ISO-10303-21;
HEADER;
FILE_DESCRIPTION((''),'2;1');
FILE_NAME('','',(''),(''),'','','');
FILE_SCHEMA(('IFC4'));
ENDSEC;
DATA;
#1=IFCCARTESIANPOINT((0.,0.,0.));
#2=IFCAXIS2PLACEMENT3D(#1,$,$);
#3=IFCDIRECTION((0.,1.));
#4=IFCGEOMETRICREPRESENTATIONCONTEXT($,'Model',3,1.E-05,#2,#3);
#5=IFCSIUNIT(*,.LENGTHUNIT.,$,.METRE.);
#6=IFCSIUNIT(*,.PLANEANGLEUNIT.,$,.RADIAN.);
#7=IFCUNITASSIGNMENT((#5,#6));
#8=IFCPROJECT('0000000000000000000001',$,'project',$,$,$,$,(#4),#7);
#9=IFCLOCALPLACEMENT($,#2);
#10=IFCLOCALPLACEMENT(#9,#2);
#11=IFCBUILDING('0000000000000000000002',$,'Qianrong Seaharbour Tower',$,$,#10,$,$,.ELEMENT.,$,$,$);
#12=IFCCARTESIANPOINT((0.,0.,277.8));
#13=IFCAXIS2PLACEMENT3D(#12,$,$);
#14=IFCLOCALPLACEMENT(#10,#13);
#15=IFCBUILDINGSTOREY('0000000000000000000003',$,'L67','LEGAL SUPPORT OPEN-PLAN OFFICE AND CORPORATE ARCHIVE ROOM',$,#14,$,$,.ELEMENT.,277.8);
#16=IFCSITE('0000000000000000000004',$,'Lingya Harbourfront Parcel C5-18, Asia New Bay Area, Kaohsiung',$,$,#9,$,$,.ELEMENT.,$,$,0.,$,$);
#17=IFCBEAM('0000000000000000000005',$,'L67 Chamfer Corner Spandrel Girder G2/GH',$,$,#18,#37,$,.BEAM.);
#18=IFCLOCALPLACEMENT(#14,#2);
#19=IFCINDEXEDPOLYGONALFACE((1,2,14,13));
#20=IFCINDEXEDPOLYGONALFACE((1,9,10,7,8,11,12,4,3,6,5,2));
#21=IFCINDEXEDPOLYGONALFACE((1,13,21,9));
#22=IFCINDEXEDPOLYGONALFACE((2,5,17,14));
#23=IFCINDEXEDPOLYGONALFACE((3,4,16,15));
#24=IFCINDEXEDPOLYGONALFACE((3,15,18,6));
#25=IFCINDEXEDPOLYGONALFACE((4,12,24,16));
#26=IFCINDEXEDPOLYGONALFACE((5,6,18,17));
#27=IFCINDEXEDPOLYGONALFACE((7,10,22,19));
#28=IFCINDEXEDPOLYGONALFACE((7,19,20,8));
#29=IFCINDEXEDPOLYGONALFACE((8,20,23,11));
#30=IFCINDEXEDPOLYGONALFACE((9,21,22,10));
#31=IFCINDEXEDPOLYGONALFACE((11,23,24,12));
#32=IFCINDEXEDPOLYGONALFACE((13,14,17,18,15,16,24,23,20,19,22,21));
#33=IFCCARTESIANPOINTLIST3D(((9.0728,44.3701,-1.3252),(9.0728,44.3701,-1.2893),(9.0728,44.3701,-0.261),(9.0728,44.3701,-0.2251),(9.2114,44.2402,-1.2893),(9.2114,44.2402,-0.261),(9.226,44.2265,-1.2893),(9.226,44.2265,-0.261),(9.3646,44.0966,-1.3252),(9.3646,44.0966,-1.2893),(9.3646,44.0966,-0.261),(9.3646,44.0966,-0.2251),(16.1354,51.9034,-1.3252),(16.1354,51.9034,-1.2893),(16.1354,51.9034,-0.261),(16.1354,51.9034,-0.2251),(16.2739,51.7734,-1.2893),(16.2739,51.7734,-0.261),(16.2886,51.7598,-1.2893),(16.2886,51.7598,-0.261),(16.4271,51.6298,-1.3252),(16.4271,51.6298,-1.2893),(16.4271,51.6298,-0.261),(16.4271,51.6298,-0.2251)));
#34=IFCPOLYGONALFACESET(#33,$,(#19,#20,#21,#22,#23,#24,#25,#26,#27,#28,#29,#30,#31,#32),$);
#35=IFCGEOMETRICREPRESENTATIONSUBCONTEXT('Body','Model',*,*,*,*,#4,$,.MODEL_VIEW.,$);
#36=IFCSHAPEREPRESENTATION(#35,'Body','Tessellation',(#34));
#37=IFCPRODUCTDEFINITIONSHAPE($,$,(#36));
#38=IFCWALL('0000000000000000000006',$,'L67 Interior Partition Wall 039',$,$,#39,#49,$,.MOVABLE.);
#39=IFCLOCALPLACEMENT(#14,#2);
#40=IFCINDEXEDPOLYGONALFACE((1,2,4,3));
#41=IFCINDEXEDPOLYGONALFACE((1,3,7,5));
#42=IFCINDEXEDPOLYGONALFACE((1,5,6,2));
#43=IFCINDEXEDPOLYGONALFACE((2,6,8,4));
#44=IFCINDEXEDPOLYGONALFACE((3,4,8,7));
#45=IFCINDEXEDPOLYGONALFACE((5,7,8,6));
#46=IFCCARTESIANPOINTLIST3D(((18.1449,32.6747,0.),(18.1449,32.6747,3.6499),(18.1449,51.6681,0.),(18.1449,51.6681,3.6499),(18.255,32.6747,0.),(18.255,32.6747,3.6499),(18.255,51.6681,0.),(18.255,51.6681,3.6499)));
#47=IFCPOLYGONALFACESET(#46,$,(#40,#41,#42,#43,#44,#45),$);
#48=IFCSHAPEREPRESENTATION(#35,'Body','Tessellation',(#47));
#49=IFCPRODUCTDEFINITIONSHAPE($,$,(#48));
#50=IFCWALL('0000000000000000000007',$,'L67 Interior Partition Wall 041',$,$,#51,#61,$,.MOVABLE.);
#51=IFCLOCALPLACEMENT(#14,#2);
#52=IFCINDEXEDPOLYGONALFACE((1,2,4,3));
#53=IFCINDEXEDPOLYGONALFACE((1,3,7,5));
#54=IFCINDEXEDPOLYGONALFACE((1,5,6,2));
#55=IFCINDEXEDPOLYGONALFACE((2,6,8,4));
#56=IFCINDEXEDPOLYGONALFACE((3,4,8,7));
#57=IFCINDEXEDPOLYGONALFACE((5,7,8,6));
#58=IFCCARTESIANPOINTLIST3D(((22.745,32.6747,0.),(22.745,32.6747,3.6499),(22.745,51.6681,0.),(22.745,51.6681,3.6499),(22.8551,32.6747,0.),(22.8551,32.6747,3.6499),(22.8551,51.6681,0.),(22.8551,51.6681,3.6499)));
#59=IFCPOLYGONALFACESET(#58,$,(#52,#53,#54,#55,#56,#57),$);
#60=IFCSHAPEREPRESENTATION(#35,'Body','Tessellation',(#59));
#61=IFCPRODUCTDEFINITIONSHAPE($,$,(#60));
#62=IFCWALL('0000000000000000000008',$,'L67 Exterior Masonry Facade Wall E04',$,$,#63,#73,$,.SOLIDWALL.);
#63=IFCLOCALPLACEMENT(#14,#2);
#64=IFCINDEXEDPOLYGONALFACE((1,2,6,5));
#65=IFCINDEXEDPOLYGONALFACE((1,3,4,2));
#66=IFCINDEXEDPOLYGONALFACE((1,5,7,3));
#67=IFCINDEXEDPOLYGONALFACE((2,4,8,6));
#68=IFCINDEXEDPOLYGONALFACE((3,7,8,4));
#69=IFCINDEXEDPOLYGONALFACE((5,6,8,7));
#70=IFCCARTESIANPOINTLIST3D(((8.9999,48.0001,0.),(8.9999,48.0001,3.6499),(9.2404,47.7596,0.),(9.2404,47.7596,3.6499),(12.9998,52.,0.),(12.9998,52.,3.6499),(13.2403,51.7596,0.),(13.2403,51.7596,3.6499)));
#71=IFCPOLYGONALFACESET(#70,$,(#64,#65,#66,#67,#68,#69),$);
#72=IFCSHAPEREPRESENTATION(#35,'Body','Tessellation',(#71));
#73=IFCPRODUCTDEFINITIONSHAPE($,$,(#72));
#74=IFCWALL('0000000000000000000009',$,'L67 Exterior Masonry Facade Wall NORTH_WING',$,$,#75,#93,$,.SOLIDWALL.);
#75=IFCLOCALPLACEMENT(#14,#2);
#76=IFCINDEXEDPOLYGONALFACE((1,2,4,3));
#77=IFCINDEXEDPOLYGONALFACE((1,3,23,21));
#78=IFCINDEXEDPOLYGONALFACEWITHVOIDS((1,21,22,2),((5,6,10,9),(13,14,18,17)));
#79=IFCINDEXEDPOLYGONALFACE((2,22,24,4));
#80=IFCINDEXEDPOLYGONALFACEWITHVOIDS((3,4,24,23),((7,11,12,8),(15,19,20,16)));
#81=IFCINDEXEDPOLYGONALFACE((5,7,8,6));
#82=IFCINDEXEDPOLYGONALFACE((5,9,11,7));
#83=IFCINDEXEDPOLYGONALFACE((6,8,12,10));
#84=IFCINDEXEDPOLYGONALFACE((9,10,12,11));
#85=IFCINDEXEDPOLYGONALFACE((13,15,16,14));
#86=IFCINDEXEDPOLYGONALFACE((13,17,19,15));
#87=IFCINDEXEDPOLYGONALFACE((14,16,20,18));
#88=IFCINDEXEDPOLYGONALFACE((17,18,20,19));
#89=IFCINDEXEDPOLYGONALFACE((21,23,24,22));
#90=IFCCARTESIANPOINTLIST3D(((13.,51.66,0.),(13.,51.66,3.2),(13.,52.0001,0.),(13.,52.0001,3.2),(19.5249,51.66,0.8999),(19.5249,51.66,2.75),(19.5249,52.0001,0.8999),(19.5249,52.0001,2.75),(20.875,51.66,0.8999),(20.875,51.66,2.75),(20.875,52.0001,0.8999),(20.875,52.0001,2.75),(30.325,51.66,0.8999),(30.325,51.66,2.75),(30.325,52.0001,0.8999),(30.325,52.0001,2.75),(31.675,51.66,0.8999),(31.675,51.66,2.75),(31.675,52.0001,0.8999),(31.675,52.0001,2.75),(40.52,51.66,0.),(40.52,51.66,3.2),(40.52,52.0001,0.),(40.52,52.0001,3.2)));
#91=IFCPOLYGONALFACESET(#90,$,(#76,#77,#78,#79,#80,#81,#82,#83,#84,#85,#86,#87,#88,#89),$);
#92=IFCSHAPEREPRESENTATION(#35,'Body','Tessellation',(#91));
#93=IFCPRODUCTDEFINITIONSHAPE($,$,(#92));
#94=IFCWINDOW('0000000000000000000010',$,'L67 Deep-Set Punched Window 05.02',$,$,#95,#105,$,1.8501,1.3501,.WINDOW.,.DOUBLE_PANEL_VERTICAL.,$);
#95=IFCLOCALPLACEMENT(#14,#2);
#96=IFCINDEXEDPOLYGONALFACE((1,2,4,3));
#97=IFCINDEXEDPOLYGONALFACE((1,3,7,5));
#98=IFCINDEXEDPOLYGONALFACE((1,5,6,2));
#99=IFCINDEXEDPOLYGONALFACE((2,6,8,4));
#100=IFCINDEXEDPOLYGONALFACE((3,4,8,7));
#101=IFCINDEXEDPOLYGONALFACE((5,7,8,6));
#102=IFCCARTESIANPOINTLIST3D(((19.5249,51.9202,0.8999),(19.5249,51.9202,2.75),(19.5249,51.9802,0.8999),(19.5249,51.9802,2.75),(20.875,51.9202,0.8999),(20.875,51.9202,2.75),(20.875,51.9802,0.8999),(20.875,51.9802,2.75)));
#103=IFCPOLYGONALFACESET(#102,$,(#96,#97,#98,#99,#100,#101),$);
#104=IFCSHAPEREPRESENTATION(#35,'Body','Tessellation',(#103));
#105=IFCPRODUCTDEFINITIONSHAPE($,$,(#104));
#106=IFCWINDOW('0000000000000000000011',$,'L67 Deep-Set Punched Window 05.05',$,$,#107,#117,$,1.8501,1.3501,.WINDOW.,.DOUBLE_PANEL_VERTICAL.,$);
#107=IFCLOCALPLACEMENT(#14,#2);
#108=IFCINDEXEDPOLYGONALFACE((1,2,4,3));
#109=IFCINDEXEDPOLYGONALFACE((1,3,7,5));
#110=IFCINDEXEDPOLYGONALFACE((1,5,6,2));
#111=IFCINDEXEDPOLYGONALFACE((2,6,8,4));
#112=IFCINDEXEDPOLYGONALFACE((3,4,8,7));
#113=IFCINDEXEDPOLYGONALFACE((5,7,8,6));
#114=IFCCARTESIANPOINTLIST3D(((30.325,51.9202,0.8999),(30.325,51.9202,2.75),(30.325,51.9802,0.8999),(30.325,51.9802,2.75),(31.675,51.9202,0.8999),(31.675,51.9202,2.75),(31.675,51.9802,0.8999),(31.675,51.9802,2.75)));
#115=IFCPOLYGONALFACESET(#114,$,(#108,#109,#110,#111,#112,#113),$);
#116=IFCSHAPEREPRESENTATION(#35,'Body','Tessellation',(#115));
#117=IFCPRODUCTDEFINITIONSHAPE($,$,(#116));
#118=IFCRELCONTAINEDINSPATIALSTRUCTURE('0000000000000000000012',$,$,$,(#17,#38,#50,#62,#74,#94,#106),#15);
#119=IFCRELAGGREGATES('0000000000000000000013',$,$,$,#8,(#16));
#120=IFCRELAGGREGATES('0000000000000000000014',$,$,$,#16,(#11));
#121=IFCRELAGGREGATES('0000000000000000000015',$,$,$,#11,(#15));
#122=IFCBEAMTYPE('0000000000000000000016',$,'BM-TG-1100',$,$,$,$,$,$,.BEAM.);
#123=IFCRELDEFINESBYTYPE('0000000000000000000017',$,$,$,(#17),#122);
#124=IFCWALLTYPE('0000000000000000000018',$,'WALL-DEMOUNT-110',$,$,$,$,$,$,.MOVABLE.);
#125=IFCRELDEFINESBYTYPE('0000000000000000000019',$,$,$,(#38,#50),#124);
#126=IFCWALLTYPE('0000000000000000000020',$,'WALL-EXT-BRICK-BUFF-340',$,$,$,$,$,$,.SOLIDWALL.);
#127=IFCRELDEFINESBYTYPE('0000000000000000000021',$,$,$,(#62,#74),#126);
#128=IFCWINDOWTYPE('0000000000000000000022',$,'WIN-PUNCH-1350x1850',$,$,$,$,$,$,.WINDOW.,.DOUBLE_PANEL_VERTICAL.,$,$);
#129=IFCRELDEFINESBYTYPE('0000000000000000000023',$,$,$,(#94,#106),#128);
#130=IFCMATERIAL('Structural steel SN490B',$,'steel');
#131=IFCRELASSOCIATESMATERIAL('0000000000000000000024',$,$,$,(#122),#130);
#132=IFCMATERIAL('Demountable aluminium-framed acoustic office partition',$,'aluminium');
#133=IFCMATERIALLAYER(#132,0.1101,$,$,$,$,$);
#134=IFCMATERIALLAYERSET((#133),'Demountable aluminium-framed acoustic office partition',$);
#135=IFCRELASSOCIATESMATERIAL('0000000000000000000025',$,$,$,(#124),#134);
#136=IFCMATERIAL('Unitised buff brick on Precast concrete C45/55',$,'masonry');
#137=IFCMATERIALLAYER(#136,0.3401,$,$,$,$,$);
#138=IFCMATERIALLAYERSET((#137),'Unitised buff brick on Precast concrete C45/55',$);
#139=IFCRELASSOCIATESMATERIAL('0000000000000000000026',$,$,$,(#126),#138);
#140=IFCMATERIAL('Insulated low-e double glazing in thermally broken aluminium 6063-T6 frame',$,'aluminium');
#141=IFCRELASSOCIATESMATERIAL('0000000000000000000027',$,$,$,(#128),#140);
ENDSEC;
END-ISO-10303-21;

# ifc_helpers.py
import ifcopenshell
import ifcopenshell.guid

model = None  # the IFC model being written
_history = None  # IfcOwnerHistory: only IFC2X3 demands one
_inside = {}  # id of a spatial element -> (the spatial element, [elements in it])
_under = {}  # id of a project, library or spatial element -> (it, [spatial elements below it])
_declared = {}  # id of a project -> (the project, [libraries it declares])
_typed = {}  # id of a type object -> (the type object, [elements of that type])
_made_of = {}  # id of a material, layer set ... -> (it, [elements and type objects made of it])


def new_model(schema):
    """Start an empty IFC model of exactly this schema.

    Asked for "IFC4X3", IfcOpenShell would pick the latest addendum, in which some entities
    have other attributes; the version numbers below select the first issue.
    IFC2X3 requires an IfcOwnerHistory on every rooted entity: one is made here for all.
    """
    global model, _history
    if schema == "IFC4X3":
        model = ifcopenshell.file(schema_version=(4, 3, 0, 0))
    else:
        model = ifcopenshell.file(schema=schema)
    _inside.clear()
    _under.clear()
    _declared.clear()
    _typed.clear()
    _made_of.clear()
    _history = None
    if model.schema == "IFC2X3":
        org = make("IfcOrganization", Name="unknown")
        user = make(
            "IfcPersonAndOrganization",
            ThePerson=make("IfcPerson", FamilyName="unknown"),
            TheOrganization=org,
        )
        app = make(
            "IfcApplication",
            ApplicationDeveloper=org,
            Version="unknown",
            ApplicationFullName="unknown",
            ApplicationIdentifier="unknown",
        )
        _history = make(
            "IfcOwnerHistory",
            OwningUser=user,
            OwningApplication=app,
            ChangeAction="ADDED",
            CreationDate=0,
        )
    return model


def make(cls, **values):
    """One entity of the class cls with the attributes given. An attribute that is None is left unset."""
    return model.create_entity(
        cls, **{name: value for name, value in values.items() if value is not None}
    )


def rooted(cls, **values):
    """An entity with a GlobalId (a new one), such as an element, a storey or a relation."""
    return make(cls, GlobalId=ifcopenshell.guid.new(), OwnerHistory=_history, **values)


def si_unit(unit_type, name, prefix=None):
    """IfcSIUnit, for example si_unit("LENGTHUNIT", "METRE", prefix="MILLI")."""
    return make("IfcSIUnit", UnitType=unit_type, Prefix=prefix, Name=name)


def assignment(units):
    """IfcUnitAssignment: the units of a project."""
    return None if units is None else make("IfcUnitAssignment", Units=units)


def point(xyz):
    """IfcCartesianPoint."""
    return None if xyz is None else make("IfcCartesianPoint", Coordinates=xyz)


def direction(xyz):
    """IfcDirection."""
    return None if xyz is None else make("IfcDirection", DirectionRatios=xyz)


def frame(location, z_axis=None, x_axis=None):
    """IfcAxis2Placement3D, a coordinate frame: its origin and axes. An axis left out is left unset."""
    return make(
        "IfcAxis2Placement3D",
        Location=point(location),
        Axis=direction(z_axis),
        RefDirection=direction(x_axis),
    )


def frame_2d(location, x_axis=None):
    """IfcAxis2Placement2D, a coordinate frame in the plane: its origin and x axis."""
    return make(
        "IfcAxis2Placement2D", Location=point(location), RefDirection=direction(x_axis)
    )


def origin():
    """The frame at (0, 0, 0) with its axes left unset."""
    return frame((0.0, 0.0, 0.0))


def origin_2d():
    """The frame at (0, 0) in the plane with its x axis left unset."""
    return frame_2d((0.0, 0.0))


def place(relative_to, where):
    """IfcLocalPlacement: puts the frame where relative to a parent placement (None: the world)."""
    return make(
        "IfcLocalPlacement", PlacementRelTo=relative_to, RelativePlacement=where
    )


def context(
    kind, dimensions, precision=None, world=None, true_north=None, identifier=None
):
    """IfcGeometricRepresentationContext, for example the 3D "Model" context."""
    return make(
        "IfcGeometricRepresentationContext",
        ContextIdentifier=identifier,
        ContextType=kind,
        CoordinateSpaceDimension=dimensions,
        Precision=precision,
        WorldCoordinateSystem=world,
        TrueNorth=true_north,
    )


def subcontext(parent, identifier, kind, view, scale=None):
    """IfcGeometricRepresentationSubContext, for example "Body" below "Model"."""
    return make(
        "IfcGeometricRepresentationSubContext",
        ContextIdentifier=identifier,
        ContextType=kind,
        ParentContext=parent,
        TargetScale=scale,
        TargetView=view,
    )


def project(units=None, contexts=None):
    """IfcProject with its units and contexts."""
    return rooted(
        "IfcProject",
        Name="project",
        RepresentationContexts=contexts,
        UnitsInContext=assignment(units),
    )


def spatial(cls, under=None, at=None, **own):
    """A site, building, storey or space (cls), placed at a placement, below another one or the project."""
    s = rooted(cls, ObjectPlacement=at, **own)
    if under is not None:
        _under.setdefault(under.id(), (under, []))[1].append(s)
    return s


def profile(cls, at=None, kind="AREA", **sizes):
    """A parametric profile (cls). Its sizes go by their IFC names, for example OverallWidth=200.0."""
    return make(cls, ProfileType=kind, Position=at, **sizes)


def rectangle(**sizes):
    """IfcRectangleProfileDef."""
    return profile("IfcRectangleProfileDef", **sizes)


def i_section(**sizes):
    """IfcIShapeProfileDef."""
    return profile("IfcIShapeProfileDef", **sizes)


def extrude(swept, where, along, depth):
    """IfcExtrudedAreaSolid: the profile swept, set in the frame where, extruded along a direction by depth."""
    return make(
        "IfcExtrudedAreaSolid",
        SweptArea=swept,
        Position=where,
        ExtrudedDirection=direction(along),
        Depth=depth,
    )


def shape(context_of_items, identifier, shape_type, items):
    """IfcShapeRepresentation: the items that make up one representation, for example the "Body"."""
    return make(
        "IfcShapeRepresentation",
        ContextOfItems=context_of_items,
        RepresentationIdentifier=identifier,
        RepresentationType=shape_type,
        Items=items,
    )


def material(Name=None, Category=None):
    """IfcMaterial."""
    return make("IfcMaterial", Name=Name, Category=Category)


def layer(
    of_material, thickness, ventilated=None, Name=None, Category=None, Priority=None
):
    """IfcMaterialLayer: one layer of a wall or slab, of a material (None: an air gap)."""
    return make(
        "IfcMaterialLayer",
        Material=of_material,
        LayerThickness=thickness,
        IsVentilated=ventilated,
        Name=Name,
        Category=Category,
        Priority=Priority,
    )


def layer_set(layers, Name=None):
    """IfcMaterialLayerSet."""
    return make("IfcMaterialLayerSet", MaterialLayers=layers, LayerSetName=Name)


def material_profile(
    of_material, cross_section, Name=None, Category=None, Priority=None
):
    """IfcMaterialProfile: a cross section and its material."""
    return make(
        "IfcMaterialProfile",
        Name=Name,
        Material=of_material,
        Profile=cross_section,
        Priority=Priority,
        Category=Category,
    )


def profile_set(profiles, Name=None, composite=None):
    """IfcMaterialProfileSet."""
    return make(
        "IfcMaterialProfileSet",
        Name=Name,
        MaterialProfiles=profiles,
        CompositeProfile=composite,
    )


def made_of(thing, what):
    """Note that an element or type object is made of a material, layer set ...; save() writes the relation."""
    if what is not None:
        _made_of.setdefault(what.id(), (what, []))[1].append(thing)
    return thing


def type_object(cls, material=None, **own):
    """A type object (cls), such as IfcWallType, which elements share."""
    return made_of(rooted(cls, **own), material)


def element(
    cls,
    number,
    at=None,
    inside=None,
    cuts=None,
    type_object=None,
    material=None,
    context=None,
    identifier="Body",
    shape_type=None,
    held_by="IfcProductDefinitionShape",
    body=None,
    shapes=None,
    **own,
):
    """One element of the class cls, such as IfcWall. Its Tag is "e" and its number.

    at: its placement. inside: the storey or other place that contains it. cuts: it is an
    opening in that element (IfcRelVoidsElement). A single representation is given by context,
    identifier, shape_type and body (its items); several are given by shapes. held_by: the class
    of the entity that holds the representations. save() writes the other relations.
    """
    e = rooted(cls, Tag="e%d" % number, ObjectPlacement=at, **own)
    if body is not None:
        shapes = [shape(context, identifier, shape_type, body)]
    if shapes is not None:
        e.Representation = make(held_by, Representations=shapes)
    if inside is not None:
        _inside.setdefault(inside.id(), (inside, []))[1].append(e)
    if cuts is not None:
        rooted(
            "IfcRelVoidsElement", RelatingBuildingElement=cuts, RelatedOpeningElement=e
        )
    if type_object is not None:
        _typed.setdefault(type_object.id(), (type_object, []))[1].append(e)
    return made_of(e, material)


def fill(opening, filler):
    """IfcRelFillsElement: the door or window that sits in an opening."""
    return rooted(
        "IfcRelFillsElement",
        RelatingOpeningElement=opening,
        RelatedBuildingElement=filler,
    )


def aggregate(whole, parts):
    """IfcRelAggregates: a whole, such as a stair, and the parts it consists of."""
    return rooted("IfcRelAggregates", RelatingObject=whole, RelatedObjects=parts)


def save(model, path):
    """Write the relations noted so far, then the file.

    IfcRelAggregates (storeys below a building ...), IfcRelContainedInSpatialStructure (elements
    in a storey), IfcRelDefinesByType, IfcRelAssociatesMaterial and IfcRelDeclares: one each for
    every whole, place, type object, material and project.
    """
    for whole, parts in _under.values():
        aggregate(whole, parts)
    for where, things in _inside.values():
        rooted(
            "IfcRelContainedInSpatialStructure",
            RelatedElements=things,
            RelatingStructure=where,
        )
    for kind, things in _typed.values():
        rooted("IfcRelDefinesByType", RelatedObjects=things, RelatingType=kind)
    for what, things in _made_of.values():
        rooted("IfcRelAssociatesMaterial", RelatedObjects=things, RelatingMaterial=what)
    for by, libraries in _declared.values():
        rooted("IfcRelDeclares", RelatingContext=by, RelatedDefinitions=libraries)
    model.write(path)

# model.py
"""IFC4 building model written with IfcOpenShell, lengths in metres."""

from ifc_helpers import new_model, si_unit, direction, frame, frame_2d, origin, origin_2d, place, context, subcontext, project, spatial, rectangle, i_section, extrude, material, layer, layer_set, material_profile, profile_set, type_object, element, fill, save


model = new_model("IFC4")

# Units and contexts
model_context = context("Model", 3, precision=1e-05, world=origin(), true_north=direction((0.0, 1.0)))
body_context = subcontext(model_context, "Body", "Model", "MODEL_VIEW")
ifc_project = project(units=[si_unit("LENGTHUNIT", "METRE"), si_unit("PLANEANGLEUNIT", "RADIAN")], contexts=[model_context])

# Site, building, storey
site_placement = place(None, origin())
site = spatial("IfcSite", under=ifc_project, at=site_placement, Name="Lingya Harbourfront Parcel C5-18, Asia New Bay Area, Kaohsiung", CompositionType="ELEMENT", RefElevation=0.0)
building_placement = place(site_placement, origin())
building = spatial("IfcBuilding", under=site, at=building_placement, Name="Qianrong Seaharbour Tower", CompositionType="ELEMENT")
storey_placement = place(building_placement, frame((0.0, 0.0, 277.8)))
storey = spatial("IfcBuildingStorey", under=building, at=storey_placement, Name="L67", Description="LEGAL SUPPORT OPEN-PLAN OFFICE AND CORPORATE ARCHIVE ROOM", CompositionType="ELEMENT", Elevation=277.8)

# Shared definitions
ifc_material_1 = material(Name="Structural steel SN490B", Category="steel")

# Beam
ifc_material_profile_1 = material_profile(ifc_material_1, i_section(OverallWidth=0.3999, OverallDepth=1.1001, WebThickness=0.02, FlangeThickness=0.0359, at=origin_2d()), Name="BH1100x400x20x36")
ifc_profile_set_1 = profile_set([ifc_material_profile_1], Name="Structural steel SN490B")
beam_type_1 = type_object("IfcBeamType", Name="BM-TG-1100", PredefinedType="BEAM", material=ifc_profile_set_1)
beam_1_placement = place(storey_placement, frame((16.2812, 51.7666, -0.7751), z_axis=(-0.683947, -0.729531, 0.0), x_axis=(0.729531, -0.683947, 0.0)))
element("IfcBeam", 1, at=beam_1_placement, inside=storey, type_object=beam_type_1, Name="L67 Chamfer Corner Spandrel Girder G2/GH", PredefinedType="BEAM", context=body_context, shape_type="SweptSolid", body=[
    extrude(i_section(OverallWidth=0.3999, OverallDepth=1.1001, WebThickness=0.02, FlangeThickness=0.0359, at=origin_2d()), origin(), (0.0, 0.0, 1.0), 10.3262),
])

# Walls
ifc_material_2 = material(Name="Demountable aluminium-framed acoustic office partition", Category="aluminium")
ifc_layer_1 = layer(ifc_material_2, 0.1101)
ifc_layer_set_1 = layer_set([ifc_layer_1], Name="Demountable aluminium-framed acoustic office partition")
wall_type_1 = type_object("IfcWallType", Name="WALL-DEMOUNT-110", PredefinedType="MOVABLE", material=ifc_layer_set_1)
for number, where, z_axis, x_axis, name in (
    (2, (18.2, 51.668, 0.0), (0.0, 0.0, 1.0), (0.0, -1.0, 0.0), "L67 Interior Partition Wall 039"),
    (3, (22.8, 51.668, 0.0), (0.0, 0.0, 1.0), (0.0, -1.0, 0.0), "L67 Interior Partition Wall 041"),
):
    element("IfcWall", number, at=place(storey_placement, frame(where, z_axis=z_axis, x_axis=x_axis)), inside=storey, type_object=wall_type_1, Name=name, PredefinedType="MOVABLE", context=body_context, shape_type="SweptSolid", body=[
        extrude(rectangle(XDim=18.9934, YDim=0.1101, at=frame_2d((9.4966, 0.0))), origin(), (0.0, 0.0, 1.0), 3.6499),
    ])
ifc_material_3 = material(Name="Unitised buff brick on Precast concrete C45/55", Category="masonry")
ifc_layer_2 = layer(ifc_material_3, 0.3401)
ifc_layer_set_2 = layer_set([ifc_layer_2], Name="Unitised buff brick on Precast concrete C45/55")
wall_type_2 = type_object("IfcWallType", Name="WALL-EXT-BRICK-BUFF-340", PredefinedType="SOLIDWALL", material=ifc_layer_set_2)
wall_1_placement = place(storey_placement, frame((9.1201, 47.8799, 0.0), z_axis=(0.0, 0.0, 1.0), x_axis=(0.707107, 0.707107, 0.0)))
element("IfcWall", 4, at=wall_1_placement, inside=storey, type_object=wall_type_2, Name="L67 Exterior Masonry Facade Wall E04", PredefinedType="SOLIDWALL", context=body_context, shape_type="SweptSolid", body=[
    extrude(rectangle(XDim=5.6567, YDim=0.3401, at=frame_2d((2.8284, 0.0))), origin(), (0.0, 0.0, 1.0), 3.6499),
])

# Wall, openings, windows
wall_2_placement = place(storey_placement, frame((13.0, 51.8301, 0.0), z_axis=(0.0, 0.0, 1.0), x_axis=(1.0, 0.0, 0.0)))
wall_2 = element("IfcWall", 5, at=wall_2_placement, inside=storey, type_object=wall_type_2, Name="L67 Exterior Masonry Facade Wall NORTH_WING", PredefinedType="SOLIDWALL", context=body_context, shape_type="SweptSolid", body=[
    extrude(rectangle(XDim=27.52, YDim=0.3401, at=frame_2d((13.76, 0.0))), origin(), (0.0, 0.0, 1.0), 3.2),
])
opening_1_placement = place(wall_2_placement, frame((6.5249, 0.0, 0.8999)))
opening_1 = element("IfcOpeningElement", 6, at=opening_1_placement, cuts=wall_2, PredefinedType="OPENING", context=body_context, shape_type="SweptSolid", body=[
    extrude(rectangle(XDim=1.3501, YDim=1.8501, at=frame_2d((0.675, 0.925))), frame((0.0, 0.1802, 0.0), z_axis=(0.0, -1.0, 0.0), x_axis=(1.0, 0.0, 0.0)), (0.0, 0.0, 1.0), 0.3601),
])
opening_2_placement = place(wall_2_placement, frame((17.325, 0.0, 0.8999)))
opening_2 = element("IfcOpeningElement", 7, at=opening_2_placement, cuts=wall_2, PredefinedType="OPENING", context=body_context, shape_type="SweptSolid", body=[
    extrude(rectangle(XDim=1.3501, YDim=1.8501, at=frame_2d((0.675, 0.925))), frame((0.0, 0.1802, 0.0), z_axis=(0.0, -1.0, 0.0), x_axis=(1.0, 0.0, 0.0)), (0.0, 0.0, 1.0), 0.3601),
])
ifc_material_4 = material(Name="Insulated low-e double glazing in thermally broken aluminium 6063-T6 frame", Category="aluminium")
window_type = type_object("IfcWindowType", Name="WIN-PUNCH-1350x1850", PartitioningType="DOUBLE_PANEL_VERTICAL", PredefinedType="WINDOW", material=ifc_material_4)
window_1_placement = place(opening_1_placement, origin())
window_1 = element("IfcWindow", 8, at=window_1_placement, inside=storey, type_object=window_type, Name="L67 Deep-Set Punched Window 05.02", OverallHeight=1.8501, OverallWidth=1.3501, PartitioningType="DOUBLE_PANEL_VERTICAL", PredefinedType="WINDOW", context=body_context, shape_type="SweptSolid", body=[
    extrude(rectangle(XDim=1.3501, YDim=1.8501, at=frame_2d((0.675, 0.925))), frame((0.0, 0.1501, 0.0), z_axis=(0.0, -1.0, 0.0), x_axis=(1.0, 0.0, 0.0)), (0.0, 0.0, 1.0), 0.0601),
])
fill(opening_1, window_1)
window_2_placement = place(opening_2_placement, origin())
window_2 = element("IfcWindow", 9, at=window_2_placement, inside=storey, type_object=window_type, Name="L67 Deep-Set Punched Window 05.05", OverallHeight=1.8501, OverallWidth=1.3501, PartitioningType="DOUBLE_PANEL_VERTICAL", PredefinedType="WINDOW", context=body_context, shape_type="SweptSolid", body=[
    extrude(rectangle(XDim=1.3501, YDim=1.8501, at=frame_2d((0.675, 0.925))), frame((0.0, 0.1501, 0.0), z_axis=(0.0, -1.0, 0.0), x_axis=(1.0, 0.0, 0.0)), (0.0, 0.0, 1.0), 0.0601),
])
fill(opening_2, window_2)

save(model, "model.ifc")
